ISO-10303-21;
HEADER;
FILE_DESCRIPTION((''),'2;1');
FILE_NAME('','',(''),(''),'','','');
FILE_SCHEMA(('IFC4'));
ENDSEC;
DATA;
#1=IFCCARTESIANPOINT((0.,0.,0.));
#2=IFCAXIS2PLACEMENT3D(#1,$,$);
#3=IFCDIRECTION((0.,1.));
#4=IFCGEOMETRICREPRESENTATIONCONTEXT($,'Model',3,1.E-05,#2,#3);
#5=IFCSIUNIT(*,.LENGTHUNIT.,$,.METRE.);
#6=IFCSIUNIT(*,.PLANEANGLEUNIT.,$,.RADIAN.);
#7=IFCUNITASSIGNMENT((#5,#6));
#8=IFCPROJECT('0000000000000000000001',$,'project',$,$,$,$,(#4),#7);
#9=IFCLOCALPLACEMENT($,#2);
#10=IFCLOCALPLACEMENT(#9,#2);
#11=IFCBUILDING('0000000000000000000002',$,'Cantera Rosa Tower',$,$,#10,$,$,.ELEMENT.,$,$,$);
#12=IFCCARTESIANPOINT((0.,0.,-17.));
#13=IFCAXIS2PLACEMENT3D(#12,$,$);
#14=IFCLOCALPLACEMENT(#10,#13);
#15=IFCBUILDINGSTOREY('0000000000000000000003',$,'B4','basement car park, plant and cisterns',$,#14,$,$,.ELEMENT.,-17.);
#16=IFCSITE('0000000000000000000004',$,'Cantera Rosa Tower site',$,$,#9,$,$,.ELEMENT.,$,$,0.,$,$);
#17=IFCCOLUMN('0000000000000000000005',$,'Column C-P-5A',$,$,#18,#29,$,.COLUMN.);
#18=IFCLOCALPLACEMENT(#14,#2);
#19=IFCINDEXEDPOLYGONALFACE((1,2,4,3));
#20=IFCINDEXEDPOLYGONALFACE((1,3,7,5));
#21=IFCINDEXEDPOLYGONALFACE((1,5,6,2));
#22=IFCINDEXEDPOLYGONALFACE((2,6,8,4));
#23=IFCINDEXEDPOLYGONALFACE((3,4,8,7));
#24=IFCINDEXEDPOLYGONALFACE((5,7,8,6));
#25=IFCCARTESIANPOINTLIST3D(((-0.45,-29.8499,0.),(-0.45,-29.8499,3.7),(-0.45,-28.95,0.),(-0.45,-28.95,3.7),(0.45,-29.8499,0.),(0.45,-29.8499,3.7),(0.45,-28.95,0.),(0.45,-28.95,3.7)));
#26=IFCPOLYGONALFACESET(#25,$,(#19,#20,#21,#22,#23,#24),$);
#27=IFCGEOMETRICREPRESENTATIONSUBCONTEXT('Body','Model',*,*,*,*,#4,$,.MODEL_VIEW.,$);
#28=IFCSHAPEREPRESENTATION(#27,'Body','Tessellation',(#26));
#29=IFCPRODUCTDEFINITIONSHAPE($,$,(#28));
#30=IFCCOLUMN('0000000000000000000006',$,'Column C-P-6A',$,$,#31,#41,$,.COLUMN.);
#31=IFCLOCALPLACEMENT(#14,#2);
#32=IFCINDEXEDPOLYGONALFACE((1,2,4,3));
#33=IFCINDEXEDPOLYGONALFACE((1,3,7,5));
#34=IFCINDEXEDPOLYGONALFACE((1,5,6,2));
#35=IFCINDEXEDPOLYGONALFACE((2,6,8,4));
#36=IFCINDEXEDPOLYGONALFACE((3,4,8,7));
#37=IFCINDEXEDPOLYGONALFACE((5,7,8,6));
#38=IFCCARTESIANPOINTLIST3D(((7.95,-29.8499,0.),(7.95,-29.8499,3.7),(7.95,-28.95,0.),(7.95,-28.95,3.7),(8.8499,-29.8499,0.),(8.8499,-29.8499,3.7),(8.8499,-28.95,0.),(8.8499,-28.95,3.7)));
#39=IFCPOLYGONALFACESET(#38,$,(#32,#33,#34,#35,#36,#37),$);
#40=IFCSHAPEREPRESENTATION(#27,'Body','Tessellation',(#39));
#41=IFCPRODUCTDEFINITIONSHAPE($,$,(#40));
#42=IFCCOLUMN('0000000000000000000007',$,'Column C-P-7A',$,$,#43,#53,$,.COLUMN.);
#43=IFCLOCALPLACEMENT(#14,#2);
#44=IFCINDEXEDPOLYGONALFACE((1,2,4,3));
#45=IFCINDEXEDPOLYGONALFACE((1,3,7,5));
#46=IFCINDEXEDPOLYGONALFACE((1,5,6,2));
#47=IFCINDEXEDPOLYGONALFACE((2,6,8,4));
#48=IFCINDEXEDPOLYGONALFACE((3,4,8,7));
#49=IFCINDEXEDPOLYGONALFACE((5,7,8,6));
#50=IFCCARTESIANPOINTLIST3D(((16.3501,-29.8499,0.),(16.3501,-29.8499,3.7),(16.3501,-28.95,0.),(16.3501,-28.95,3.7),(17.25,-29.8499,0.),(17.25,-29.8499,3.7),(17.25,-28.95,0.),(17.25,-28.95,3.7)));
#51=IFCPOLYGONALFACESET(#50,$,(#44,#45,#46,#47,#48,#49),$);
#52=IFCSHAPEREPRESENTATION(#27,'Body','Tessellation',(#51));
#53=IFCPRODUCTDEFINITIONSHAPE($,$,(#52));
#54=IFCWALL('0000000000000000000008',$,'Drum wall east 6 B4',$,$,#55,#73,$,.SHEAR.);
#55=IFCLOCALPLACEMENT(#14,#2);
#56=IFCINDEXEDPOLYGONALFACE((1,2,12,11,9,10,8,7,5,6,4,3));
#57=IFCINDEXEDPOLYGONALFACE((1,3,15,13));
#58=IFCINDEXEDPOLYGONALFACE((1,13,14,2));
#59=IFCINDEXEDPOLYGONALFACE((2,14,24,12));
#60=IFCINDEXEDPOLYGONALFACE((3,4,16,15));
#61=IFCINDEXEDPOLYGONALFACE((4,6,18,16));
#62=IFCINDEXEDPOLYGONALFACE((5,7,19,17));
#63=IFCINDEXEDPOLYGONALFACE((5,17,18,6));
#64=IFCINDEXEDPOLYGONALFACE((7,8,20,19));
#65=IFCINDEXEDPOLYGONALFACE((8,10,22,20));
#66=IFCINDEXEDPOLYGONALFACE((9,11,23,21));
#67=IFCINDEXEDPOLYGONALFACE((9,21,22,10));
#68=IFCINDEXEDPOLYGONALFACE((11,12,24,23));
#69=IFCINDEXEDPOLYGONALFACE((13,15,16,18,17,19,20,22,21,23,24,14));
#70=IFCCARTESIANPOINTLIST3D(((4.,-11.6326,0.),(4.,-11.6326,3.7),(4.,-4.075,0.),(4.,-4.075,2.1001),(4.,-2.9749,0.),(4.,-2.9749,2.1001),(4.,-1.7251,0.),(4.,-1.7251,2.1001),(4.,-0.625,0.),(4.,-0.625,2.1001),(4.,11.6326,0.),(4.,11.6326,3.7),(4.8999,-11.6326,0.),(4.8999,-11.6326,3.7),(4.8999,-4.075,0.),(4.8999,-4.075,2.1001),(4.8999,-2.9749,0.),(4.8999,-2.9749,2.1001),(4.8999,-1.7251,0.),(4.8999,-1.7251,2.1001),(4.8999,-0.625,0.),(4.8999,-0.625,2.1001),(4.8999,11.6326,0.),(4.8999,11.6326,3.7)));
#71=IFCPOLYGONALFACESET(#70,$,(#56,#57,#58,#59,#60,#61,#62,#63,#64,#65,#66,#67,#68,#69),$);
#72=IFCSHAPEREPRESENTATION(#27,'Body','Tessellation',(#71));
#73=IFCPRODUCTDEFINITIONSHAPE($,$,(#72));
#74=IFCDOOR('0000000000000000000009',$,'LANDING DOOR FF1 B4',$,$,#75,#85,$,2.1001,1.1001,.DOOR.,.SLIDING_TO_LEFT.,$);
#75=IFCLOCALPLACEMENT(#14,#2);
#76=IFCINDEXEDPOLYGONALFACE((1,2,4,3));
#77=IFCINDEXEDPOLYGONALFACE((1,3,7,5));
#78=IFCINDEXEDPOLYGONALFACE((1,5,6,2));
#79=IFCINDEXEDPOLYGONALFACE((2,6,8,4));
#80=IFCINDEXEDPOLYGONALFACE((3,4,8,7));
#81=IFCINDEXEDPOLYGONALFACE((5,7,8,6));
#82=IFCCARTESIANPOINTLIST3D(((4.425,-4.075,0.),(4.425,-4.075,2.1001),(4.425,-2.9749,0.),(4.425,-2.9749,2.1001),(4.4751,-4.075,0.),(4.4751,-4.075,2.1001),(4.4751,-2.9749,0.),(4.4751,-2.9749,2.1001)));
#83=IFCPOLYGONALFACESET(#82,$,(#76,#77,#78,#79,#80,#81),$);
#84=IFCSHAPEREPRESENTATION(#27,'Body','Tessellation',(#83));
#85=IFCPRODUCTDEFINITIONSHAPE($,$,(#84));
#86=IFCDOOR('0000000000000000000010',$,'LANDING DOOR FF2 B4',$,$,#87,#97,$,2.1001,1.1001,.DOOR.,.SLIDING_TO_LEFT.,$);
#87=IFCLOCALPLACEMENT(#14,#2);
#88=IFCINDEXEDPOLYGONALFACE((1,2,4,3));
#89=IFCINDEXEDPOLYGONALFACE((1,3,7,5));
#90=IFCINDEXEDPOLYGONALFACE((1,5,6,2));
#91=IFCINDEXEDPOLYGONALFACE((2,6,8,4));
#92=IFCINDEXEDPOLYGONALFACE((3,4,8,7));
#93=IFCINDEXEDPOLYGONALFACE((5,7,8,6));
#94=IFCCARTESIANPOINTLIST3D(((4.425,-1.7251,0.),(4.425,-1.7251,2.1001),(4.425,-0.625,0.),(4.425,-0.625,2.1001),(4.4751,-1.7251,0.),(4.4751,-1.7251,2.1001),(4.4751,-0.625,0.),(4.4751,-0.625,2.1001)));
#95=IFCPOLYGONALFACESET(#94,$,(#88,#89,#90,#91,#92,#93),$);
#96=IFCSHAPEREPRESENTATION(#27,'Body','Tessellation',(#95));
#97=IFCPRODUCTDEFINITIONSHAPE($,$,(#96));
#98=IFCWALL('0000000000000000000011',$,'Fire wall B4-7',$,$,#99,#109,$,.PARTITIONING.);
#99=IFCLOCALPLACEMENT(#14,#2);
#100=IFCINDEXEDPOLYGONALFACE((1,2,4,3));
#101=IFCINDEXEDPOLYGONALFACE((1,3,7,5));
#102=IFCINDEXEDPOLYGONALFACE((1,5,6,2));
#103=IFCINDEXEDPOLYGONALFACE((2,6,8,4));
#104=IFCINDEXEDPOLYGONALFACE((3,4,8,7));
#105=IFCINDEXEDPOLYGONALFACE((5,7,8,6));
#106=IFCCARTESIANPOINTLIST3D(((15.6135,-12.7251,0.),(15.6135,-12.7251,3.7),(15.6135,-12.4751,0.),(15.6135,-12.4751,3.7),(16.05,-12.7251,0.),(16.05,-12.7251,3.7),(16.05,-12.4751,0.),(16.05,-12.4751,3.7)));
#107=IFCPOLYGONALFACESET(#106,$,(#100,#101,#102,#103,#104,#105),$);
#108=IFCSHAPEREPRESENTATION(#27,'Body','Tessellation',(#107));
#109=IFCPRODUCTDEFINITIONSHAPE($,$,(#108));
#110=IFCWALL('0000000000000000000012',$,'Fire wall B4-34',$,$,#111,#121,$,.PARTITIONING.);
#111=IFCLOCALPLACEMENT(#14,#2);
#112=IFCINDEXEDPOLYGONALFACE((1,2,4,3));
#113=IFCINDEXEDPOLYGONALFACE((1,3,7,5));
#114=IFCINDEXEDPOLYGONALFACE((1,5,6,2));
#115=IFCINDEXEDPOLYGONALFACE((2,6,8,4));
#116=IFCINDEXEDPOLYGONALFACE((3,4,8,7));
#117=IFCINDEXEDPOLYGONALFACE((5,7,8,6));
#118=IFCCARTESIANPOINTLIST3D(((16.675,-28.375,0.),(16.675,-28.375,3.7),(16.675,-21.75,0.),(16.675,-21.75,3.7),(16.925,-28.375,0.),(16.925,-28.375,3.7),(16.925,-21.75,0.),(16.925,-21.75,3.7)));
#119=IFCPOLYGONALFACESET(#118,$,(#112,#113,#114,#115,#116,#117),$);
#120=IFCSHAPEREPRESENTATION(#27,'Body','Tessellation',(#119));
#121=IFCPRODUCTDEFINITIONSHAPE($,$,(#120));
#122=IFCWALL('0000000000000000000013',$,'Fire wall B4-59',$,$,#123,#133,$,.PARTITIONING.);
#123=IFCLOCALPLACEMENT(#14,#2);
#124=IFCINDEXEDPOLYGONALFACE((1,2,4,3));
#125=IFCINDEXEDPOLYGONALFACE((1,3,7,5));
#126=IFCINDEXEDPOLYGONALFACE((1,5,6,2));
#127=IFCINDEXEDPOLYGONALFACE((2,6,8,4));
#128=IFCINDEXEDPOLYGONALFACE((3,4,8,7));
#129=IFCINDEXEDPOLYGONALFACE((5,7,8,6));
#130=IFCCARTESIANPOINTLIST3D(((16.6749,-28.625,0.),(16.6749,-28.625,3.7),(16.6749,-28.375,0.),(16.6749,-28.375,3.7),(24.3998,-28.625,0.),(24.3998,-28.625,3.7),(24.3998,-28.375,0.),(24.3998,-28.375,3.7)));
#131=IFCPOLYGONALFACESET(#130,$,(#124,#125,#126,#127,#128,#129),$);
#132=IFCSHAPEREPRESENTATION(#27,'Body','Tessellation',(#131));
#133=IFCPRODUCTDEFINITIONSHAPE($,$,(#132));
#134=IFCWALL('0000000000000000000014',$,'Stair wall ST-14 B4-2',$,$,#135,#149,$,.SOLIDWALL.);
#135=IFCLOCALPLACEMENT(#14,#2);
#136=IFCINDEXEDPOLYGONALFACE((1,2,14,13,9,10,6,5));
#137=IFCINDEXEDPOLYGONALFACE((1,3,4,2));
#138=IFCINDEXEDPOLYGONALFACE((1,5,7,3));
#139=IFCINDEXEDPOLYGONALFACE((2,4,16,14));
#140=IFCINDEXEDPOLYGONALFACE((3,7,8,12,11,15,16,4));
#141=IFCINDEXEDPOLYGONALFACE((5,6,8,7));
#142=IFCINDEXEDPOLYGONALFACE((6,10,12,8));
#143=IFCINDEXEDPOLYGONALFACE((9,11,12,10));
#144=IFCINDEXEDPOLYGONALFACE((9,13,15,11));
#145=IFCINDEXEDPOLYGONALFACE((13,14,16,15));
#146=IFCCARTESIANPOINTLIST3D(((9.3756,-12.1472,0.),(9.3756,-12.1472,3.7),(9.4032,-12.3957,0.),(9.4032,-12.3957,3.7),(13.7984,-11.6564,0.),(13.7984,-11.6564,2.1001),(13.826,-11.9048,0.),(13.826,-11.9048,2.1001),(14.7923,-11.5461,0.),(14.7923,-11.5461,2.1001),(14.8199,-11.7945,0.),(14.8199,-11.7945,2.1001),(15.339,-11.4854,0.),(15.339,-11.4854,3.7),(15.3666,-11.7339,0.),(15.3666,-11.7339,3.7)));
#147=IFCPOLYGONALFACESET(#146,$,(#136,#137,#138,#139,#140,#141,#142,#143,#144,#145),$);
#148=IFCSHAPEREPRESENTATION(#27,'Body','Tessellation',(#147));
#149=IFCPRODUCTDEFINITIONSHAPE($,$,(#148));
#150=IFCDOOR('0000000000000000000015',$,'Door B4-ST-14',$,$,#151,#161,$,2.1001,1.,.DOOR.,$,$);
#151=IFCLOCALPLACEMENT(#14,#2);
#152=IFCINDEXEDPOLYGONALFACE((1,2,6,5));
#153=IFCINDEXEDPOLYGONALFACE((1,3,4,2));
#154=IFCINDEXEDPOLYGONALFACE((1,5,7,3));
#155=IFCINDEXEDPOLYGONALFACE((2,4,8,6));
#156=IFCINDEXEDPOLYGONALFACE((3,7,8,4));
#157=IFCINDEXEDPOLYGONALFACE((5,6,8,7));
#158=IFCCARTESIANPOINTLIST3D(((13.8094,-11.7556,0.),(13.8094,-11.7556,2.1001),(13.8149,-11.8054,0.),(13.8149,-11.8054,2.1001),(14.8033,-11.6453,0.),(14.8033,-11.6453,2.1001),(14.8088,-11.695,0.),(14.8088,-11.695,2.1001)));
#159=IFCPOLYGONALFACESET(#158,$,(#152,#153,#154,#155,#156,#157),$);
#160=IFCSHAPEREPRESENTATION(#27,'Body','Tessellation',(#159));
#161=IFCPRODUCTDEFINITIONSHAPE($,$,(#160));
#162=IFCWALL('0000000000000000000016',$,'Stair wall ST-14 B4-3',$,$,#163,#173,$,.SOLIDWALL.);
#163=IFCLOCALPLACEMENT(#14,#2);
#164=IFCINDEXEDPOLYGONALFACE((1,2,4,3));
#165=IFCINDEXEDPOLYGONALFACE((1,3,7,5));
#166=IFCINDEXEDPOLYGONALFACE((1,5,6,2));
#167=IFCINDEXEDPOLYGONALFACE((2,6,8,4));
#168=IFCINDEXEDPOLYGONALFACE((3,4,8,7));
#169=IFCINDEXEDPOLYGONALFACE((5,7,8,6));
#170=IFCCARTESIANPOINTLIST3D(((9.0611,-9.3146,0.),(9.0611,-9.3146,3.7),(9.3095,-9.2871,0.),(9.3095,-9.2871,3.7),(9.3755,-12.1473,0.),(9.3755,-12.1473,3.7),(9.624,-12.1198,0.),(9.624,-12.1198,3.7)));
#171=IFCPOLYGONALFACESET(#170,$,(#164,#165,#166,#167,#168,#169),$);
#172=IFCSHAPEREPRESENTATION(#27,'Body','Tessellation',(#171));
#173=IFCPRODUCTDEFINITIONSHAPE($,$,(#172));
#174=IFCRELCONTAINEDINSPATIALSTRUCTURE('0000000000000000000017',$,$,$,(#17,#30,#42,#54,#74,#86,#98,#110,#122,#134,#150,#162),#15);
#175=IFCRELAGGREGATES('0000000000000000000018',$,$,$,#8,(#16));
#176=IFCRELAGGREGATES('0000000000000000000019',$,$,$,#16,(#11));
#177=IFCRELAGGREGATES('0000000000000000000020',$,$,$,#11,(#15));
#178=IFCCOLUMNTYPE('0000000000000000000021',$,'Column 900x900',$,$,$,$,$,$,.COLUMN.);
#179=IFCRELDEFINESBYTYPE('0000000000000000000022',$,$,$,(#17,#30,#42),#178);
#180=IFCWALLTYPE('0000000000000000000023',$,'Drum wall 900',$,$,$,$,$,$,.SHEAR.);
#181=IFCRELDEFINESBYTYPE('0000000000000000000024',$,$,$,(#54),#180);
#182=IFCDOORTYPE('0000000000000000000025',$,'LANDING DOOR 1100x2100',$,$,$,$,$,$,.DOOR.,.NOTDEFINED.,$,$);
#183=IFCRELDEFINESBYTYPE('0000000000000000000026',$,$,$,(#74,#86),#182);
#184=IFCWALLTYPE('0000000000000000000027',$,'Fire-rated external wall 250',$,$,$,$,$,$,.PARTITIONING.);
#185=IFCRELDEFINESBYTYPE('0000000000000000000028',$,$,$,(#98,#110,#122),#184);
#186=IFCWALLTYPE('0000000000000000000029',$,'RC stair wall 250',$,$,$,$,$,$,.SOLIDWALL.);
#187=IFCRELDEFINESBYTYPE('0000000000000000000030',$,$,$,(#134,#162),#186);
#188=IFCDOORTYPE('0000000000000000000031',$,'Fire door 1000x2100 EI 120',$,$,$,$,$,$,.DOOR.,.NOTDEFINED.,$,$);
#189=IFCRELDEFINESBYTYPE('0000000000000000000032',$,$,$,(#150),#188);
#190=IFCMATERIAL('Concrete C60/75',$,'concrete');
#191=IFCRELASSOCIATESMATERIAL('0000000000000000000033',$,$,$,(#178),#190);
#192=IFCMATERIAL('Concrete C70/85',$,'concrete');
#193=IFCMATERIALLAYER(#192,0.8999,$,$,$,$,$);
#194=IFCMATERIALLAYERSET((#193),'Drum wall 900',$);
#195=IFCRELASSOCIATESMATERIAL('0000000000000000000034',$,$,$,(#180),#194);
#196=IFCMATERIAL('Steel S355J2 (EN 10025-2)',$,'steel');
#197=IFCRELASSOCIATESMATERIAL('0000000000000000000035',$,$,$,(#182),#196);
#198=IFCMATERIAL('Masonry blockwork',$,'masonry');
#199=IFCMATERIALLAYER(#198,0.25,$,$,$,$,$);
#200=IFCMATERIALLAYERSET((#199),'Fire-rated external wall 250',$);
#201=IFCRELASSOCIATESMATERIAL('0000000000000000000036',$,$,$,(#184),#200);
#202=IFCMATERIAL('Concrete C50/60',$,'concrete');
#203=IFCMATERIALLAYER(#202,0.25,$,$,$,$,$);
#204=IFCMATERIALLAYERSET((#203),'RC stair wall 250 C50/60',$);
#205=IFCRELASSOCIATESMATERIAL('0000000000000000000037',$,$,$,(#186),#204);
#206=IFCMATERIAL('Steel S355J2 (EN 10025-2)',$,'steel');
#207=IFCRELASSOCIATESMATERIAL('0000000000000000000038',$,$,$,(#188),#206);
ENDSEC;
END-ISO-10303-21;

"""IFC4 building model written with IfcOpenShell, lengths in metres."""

from ifc_helpers import new_model, si_unit, direction, frame, frame_2d, origin, origin_2d, place, context, subcontext, project, spatial, rectangle, extrude, material, layer, layer_set, material_profile, profile_set, type_object, element, fill, save


model = new_model("IFC4")

# Units and contexts
model_context = context("Model", 3, precision=1e-05, world=origin(), true_north=direction((0.0, 1.0)))
body_context = subcontext(model_context, "Body", "Model", "MODEL_VIEW")
ifc_project = project(units=[si_unit("LENGTHUNIT", "METRE"), si_unit("PLANEANGLEUNIT", "RADIAN")], contexts=[model_context])

# Site, building, storey
site_placement = place(None, origin())
site = spatial("IfcSite", under=ifc_project, at=site_placement, Name="Cantera Rosa Tower site", CompositionType="ELEMENT", RefElevation=0.0)
building_placement = place(site_placement, origin())
building = spatial("IfcBuilding", under=site, at=building_placement, Name="Cantera Rosa Tower", CompositionType="ELEMENT")
storey_placement = place(building_placement, frame((0.0, 0.0, -17.0)))
storey = spatial("IfcBuildingStorey", under=building, at=storey_placement, Name="B4", Description="basement car park, plant and cisterns", CompositionType="ELEMENT", Elevation=-17.0)

# Columns
ifc_material_1 = material(Name="Concrete C60/75", Category="concrete")
ifc_material_profile_1 = material_profile(ifc_material_1, rectangle(XDim=0.8999, YDim=0.8999, at=origin_2d()), Name="Column 900x900")
ifc_profile_set_1 = profile_set([ifc_material_profile_1], Name="Concrete C60/75")
column_type_1 = type_object("IfcColumnType", Name="Column 900x900", PredefinedType="COLUMN", material=ifc_profile_set_1)
for number, where, z_axis, x_axis, name in (
    (1, (0.0, -29.3999, 0.0), (0.0, 0.0, 1.0), (1.0, 0.0, 0.0), "Column C-P-5A"),
    (2, (8.3999, -29.3999, 0.0), (0.0, 0.0, 1.0), (1.0, 0.0, 0.0), "Column C-P-6A"),
    (3, (16.8, -29.3999, 0.0), (0.0, 0.0, 1.0), (1.0, 0.0, 0.0), "Column C-P-7A"),
):
    element("IfcColumn", number, at=place(storey_placement, frame(where, z_axis=z_axis, x_axis=x_axis)), inside=storey, type_object=column_type_1, Name=name, PredefinedType="COLUMN", context=body_context, shape_type="SweptSolid", body=[
        extrude(rectangle(XDim=0.8999, YDim=0.8999, at=origin_2d()), origin(), (0.0, 0.0, 1.0), 3.7),
    ])

# Wall, openings, doors
ifc_material_2 = material(Name="Concrete C70/85", Category="concrete")
ifc_layer_1 = layer(ifc_material_2, 0.8999)
ifc_layer_set_1 = layer_set([ifc_layer_1], Name="Drum wall 900")
wall_type_1 = type_object("IfcWallType", Name="Drum wall 900", PredefinedType="SHEAR", material=ifc_layer_set_1)
wall_1_placement = place(storey_placement, frame((4.45, -11.6326, 0.0), z_axis=(0.0, 0.0, 1.0), x_axis=(0.0, 1.0, 0.0)))
wall_1 = element("IfcWall", 4, at=wall_1_placement, inside=storey, type_object=wall_type_1, Name="Drum wall east 6 B4", PredefinedType="SHEAR", context=body_context, shape_type="SweptSolid", body=[
    extrude(rectangle(XDim=23.2651, YDim=0.8999, at=frame_2d((11.6326, 0.0))), origin(), (0.0, 0.0, 1.0), 3.7),
])
opening_1_placement = place(wall_1_placement, frame((7.5576, 0.0, 0.0)))
opening_1 = element("IfcOpeningElement", 5, at=opening_1_placement, cuts=wall_1, PredefinedType="OPENING", context=body_context, shape_type="SweptSolid", body=[
    extrude(rectangle(XDim=1.1001, YDim=2.1001, at=frame_2d((0.55, 1.05))), frame((0.0, 0.46, 0.0), z_axis=(0.0, -1.0, 0.0), x_axis=(1.0, 0.0, 0.0)), (0.0, 0.0, 1.0), 0.9199),
])
opening_2_placement = place(wall_1_placement, frame((9.9075, 0.0, 0.0)))
opening_2 = element("IfcOpeningElement", 6, at=opening_2_placement, cuts=wall_1, PredefinedType="OPENING", context=body_context, shape_type="SweptSolid", body=[
    extrude(rectangle(XDim=1.1001, YDim=2.1001, at=frame_2d((0.55, 1.05))), frame((0.0, 0.46, 0.0), z_axis=(0.0, -1.0, 0.0), x_axis=(1.0, 0.0, 0.0)), (0.0, 0.0, 1.0), 0.9199),
])
ifc_material_3 = material(Name="Steel S355J2 (EN 10025-2)", Category="steel")
door_type_1 = type_object("IfcDoorType", Name="LANDING DOOR 1100x2100", OperationType="NOTDEFINED", PredefinedType="DOOR", material=ifc_material_3)
door_1_placement = place(opening_1_placement, origin())
door_1 = element("IfcDoor", 7, at=door_1_placement, inside=storey, type_object=door_type_1, Name="LANDING DOOR FF1 B4", OperationType="SLIDING_TO_LEFT", OverallHeight=2.1001, OverallWidth=1.1001, PredefinedType="DOOR", context=body_context, shape_type="SweptSolid", body=[
    extrude(rectangle(XDim=1.1001, YDim=2.1001, at=frame_2d((0.55, 1.05))), frame((0.0, 0.0249, 0.0), z_axis=(0.0, -1.0, 0.0), x_axis=(1.0, 0.0, 0.0)), (0.0, 0.0, 1.0), 0.05),
])
fill(opening_1, door_1)
door_2_placement = place(opening_2_placement, origin())
door_2 = element("IfcDoor", 8, at=door_2_placement, inside=storey, type_object=door_type_1, Name="LANDING DOOR FF2 B4", OperationType="SLIDING_TO_LEFT", OverallHeight=2.1001, OverallWidth=1.1001, PredefinedType="DOOR", context=body_context, shape_type="SweptSolid", body=[
    extrude(rectangle(XDim=1.1001, YDim=2.1001, at=frame_2d((0.55, 1.05))), frame((0.0, 0.0249, 0.0), z_axis=(0.0, -1.0, 0.0), x_axis=(1.0, 0.0, 0.0)), (0.0, 0.0, 1.0), 0.05),
])
fill(opening_2, door_2)

# Walls
ifc_material_4 = material(Name="Masonry blockwork", Category="masonry")
ifc_layer_2 = layer(ifc_material_4, 0.25)
ifc_layer_set_2 = layer_set([ifc_layer_2], Name="Fire-rated external wall 250")
wall_type_2 = type_object("IfcWallType", Name="Fire-rated external wall 250", PredefinedType="PARTITIONING", material=ifc_layer_set_2)
wall_2_placement = place(storey_placement, frame((15.6135, -12.6001, 0.0), z_axis=(0.0, 0.0, 1.0), x_axis=(1.0, 0.0, 0.0)))
element("IfcWall", 9, at=wall_2_placement, inside=storey, type_object=wall_type_2, Name="Fire wall B4-7", PredefinedType="PARTITIONING", context=body_context, shape_type="SweptSolid", body=[
    extrude(rectangle(XDim=0.4365, YDim=0.25, at=frame_2d((0.2183, 0.0))), origin(), (0.0, 0.0, 1.0), 3.7),
])
wall_3_placement = place(storey_placement, frame((16.8, -28.375, 0.0), z_axis=(0.0, 0.0, 1.0), x_axis=(0.0, 1.0, 0.0)))
element("IfcWall", 10, at=wall_3_placement, inside=storey, type_object=wall_type_2, Name="Fire wall B4-34", PredefinedType="PARTITIONING", context=body_context, shape_type="SweptSolid", body=[
    extrude(rectangle(XDim=6.625, YDim=0.25, at=frame_2d((3.3125, 0.0))), origin(), (0.0, 0.0, 1.0), 3.7),
])
wall_4_placement = place(storey_placement, frame((16.675, -28.5, 0.0), z_axis=(0.0, 0.0, 1.0), x_axis=(1.0, 0.0, 0.0)))
element("IfcWall", 11, at=wall_4_placement, inside=storey, type_object=wall_type_2, Name="Fire wall B4-59", PredefinedType="PARTITIONING", context=body_context, shape_type="SweptSolid", body=[
    extrude(rectangle(XDim=7.7249, YDim=0.25, at=frame_2d((3.8623, 0.0))), origin(), (0.0, 0.0, 1.0), 3.7),
])

# Wall, opening, door
ifc_material_5 = material(Name="Concrete C50/60", Category="concrete")
ifc_layer_3 = layer(ifc_material_5, 0.25)
ifc_layer_set_3 = layer_set([ifc_layer_3], Name="RC stair wall 250 C50/60")
wall_type_3 = type_object("IfcWallType", Name="RC stair wall 250", PredefinedType="SOLIDWALL", material=ifc_layer_set_3)
wall_5_placement = place(storey_placement, frame((15.3528, -11.6096, 0.0), z_axis=(0.0, 0.0, 1.0), x_axis=(-0.993897, -0.110311, 0.0)))
wall_5 = element("IfcWall", 12, at=wall_5_placement, inside=storey, type_object=wall_type_3, Name="Stair wall ST-14 B4-2", PredefinedType="SOLIDWALL", context=body_context, shape_type="SweptSolid", body=[
    extrude(rectangle(XDim=6.0, YDim=0.25, at=frame_2d((3.0, 0.0))), origin(), (0.0, 0.0, 1.0), 3.7),
])
opening_3_placement = place(wall_5_placement, frame((0.55, 0.0, 0.0)))
opening_3 = element("IfcOpeningElement", 13, at=opening_3_placement, cuts=wall_5, PredefinedType="OPENING", context=body_context, shape_type="SweptSolid", body=[
    extrude(rectangle(XDim=1.0, YDim=2.1001, at=frame_2d((0.5, 1.05))), frame((0.0, 0.135, 0.0), z_axis=(0.0, -1.0, 0.0), x_axis=(1.0, 0.0, 0.0)), (0.0, 0.0, 1.0), 0.27),
])
ifc_material_6 = material(Name="Steel S355J2 (EN 10025-2)", Category="steel")
door_type_2 = type_object("IfcDoorType", Name="Fire door 1000x2100 EI 120", OperationType="NOTDEFINED", PredefinedType="DOOR", material=ifc_material_6)
door_3_placement = place(opening_3_placement, origin())
door_3 = element("IfcDoor", 14, at=door_3_placement, inside=storey, type_object=door_type_2, Name="Door B4-ST-14", OverallHeight=2.1001, OverallWidth=1.0, PredefinedType="DOOR", context=body_context, shape_type="SweptSolid", body=[
    extrude(rectangle(XDim=1.0, YDim=2.1001, at=frame_2d((0.5, 1.05))), frame((0.0, 0.0249, 0.0), z_axis=(0.0, -1.0, 0.0), x_axis=(1.0, 0.0, 0.0)), (0.0, 0.0, 1.0), 0.05),
])
fill(opening_3, door_3)

# Wall
wall_6_placement = place(storey_placement, frame((9.4998, -12.1335, 0.0), z_axis=(0.0, 0.0, 1.0), x_axis=(-0.110328, 0.993895, 0.0)))
element("IfcWall", 15, at=wall_6_placement, inside=storey, type_object=wall_type_3, Name="Stair wall ST-14 B4-3", PredefinedType="SOLIDWALL", context=body_context, shape_type="SweptSolid", body=[
    extrude(rectangle(XDim=2.8501, YDim=0.25, at=frame_2d((1.425, 0.0))), origin(), (0.0, 0.0, 1.0), 3.7),
])

save(model, "model.ifc")
